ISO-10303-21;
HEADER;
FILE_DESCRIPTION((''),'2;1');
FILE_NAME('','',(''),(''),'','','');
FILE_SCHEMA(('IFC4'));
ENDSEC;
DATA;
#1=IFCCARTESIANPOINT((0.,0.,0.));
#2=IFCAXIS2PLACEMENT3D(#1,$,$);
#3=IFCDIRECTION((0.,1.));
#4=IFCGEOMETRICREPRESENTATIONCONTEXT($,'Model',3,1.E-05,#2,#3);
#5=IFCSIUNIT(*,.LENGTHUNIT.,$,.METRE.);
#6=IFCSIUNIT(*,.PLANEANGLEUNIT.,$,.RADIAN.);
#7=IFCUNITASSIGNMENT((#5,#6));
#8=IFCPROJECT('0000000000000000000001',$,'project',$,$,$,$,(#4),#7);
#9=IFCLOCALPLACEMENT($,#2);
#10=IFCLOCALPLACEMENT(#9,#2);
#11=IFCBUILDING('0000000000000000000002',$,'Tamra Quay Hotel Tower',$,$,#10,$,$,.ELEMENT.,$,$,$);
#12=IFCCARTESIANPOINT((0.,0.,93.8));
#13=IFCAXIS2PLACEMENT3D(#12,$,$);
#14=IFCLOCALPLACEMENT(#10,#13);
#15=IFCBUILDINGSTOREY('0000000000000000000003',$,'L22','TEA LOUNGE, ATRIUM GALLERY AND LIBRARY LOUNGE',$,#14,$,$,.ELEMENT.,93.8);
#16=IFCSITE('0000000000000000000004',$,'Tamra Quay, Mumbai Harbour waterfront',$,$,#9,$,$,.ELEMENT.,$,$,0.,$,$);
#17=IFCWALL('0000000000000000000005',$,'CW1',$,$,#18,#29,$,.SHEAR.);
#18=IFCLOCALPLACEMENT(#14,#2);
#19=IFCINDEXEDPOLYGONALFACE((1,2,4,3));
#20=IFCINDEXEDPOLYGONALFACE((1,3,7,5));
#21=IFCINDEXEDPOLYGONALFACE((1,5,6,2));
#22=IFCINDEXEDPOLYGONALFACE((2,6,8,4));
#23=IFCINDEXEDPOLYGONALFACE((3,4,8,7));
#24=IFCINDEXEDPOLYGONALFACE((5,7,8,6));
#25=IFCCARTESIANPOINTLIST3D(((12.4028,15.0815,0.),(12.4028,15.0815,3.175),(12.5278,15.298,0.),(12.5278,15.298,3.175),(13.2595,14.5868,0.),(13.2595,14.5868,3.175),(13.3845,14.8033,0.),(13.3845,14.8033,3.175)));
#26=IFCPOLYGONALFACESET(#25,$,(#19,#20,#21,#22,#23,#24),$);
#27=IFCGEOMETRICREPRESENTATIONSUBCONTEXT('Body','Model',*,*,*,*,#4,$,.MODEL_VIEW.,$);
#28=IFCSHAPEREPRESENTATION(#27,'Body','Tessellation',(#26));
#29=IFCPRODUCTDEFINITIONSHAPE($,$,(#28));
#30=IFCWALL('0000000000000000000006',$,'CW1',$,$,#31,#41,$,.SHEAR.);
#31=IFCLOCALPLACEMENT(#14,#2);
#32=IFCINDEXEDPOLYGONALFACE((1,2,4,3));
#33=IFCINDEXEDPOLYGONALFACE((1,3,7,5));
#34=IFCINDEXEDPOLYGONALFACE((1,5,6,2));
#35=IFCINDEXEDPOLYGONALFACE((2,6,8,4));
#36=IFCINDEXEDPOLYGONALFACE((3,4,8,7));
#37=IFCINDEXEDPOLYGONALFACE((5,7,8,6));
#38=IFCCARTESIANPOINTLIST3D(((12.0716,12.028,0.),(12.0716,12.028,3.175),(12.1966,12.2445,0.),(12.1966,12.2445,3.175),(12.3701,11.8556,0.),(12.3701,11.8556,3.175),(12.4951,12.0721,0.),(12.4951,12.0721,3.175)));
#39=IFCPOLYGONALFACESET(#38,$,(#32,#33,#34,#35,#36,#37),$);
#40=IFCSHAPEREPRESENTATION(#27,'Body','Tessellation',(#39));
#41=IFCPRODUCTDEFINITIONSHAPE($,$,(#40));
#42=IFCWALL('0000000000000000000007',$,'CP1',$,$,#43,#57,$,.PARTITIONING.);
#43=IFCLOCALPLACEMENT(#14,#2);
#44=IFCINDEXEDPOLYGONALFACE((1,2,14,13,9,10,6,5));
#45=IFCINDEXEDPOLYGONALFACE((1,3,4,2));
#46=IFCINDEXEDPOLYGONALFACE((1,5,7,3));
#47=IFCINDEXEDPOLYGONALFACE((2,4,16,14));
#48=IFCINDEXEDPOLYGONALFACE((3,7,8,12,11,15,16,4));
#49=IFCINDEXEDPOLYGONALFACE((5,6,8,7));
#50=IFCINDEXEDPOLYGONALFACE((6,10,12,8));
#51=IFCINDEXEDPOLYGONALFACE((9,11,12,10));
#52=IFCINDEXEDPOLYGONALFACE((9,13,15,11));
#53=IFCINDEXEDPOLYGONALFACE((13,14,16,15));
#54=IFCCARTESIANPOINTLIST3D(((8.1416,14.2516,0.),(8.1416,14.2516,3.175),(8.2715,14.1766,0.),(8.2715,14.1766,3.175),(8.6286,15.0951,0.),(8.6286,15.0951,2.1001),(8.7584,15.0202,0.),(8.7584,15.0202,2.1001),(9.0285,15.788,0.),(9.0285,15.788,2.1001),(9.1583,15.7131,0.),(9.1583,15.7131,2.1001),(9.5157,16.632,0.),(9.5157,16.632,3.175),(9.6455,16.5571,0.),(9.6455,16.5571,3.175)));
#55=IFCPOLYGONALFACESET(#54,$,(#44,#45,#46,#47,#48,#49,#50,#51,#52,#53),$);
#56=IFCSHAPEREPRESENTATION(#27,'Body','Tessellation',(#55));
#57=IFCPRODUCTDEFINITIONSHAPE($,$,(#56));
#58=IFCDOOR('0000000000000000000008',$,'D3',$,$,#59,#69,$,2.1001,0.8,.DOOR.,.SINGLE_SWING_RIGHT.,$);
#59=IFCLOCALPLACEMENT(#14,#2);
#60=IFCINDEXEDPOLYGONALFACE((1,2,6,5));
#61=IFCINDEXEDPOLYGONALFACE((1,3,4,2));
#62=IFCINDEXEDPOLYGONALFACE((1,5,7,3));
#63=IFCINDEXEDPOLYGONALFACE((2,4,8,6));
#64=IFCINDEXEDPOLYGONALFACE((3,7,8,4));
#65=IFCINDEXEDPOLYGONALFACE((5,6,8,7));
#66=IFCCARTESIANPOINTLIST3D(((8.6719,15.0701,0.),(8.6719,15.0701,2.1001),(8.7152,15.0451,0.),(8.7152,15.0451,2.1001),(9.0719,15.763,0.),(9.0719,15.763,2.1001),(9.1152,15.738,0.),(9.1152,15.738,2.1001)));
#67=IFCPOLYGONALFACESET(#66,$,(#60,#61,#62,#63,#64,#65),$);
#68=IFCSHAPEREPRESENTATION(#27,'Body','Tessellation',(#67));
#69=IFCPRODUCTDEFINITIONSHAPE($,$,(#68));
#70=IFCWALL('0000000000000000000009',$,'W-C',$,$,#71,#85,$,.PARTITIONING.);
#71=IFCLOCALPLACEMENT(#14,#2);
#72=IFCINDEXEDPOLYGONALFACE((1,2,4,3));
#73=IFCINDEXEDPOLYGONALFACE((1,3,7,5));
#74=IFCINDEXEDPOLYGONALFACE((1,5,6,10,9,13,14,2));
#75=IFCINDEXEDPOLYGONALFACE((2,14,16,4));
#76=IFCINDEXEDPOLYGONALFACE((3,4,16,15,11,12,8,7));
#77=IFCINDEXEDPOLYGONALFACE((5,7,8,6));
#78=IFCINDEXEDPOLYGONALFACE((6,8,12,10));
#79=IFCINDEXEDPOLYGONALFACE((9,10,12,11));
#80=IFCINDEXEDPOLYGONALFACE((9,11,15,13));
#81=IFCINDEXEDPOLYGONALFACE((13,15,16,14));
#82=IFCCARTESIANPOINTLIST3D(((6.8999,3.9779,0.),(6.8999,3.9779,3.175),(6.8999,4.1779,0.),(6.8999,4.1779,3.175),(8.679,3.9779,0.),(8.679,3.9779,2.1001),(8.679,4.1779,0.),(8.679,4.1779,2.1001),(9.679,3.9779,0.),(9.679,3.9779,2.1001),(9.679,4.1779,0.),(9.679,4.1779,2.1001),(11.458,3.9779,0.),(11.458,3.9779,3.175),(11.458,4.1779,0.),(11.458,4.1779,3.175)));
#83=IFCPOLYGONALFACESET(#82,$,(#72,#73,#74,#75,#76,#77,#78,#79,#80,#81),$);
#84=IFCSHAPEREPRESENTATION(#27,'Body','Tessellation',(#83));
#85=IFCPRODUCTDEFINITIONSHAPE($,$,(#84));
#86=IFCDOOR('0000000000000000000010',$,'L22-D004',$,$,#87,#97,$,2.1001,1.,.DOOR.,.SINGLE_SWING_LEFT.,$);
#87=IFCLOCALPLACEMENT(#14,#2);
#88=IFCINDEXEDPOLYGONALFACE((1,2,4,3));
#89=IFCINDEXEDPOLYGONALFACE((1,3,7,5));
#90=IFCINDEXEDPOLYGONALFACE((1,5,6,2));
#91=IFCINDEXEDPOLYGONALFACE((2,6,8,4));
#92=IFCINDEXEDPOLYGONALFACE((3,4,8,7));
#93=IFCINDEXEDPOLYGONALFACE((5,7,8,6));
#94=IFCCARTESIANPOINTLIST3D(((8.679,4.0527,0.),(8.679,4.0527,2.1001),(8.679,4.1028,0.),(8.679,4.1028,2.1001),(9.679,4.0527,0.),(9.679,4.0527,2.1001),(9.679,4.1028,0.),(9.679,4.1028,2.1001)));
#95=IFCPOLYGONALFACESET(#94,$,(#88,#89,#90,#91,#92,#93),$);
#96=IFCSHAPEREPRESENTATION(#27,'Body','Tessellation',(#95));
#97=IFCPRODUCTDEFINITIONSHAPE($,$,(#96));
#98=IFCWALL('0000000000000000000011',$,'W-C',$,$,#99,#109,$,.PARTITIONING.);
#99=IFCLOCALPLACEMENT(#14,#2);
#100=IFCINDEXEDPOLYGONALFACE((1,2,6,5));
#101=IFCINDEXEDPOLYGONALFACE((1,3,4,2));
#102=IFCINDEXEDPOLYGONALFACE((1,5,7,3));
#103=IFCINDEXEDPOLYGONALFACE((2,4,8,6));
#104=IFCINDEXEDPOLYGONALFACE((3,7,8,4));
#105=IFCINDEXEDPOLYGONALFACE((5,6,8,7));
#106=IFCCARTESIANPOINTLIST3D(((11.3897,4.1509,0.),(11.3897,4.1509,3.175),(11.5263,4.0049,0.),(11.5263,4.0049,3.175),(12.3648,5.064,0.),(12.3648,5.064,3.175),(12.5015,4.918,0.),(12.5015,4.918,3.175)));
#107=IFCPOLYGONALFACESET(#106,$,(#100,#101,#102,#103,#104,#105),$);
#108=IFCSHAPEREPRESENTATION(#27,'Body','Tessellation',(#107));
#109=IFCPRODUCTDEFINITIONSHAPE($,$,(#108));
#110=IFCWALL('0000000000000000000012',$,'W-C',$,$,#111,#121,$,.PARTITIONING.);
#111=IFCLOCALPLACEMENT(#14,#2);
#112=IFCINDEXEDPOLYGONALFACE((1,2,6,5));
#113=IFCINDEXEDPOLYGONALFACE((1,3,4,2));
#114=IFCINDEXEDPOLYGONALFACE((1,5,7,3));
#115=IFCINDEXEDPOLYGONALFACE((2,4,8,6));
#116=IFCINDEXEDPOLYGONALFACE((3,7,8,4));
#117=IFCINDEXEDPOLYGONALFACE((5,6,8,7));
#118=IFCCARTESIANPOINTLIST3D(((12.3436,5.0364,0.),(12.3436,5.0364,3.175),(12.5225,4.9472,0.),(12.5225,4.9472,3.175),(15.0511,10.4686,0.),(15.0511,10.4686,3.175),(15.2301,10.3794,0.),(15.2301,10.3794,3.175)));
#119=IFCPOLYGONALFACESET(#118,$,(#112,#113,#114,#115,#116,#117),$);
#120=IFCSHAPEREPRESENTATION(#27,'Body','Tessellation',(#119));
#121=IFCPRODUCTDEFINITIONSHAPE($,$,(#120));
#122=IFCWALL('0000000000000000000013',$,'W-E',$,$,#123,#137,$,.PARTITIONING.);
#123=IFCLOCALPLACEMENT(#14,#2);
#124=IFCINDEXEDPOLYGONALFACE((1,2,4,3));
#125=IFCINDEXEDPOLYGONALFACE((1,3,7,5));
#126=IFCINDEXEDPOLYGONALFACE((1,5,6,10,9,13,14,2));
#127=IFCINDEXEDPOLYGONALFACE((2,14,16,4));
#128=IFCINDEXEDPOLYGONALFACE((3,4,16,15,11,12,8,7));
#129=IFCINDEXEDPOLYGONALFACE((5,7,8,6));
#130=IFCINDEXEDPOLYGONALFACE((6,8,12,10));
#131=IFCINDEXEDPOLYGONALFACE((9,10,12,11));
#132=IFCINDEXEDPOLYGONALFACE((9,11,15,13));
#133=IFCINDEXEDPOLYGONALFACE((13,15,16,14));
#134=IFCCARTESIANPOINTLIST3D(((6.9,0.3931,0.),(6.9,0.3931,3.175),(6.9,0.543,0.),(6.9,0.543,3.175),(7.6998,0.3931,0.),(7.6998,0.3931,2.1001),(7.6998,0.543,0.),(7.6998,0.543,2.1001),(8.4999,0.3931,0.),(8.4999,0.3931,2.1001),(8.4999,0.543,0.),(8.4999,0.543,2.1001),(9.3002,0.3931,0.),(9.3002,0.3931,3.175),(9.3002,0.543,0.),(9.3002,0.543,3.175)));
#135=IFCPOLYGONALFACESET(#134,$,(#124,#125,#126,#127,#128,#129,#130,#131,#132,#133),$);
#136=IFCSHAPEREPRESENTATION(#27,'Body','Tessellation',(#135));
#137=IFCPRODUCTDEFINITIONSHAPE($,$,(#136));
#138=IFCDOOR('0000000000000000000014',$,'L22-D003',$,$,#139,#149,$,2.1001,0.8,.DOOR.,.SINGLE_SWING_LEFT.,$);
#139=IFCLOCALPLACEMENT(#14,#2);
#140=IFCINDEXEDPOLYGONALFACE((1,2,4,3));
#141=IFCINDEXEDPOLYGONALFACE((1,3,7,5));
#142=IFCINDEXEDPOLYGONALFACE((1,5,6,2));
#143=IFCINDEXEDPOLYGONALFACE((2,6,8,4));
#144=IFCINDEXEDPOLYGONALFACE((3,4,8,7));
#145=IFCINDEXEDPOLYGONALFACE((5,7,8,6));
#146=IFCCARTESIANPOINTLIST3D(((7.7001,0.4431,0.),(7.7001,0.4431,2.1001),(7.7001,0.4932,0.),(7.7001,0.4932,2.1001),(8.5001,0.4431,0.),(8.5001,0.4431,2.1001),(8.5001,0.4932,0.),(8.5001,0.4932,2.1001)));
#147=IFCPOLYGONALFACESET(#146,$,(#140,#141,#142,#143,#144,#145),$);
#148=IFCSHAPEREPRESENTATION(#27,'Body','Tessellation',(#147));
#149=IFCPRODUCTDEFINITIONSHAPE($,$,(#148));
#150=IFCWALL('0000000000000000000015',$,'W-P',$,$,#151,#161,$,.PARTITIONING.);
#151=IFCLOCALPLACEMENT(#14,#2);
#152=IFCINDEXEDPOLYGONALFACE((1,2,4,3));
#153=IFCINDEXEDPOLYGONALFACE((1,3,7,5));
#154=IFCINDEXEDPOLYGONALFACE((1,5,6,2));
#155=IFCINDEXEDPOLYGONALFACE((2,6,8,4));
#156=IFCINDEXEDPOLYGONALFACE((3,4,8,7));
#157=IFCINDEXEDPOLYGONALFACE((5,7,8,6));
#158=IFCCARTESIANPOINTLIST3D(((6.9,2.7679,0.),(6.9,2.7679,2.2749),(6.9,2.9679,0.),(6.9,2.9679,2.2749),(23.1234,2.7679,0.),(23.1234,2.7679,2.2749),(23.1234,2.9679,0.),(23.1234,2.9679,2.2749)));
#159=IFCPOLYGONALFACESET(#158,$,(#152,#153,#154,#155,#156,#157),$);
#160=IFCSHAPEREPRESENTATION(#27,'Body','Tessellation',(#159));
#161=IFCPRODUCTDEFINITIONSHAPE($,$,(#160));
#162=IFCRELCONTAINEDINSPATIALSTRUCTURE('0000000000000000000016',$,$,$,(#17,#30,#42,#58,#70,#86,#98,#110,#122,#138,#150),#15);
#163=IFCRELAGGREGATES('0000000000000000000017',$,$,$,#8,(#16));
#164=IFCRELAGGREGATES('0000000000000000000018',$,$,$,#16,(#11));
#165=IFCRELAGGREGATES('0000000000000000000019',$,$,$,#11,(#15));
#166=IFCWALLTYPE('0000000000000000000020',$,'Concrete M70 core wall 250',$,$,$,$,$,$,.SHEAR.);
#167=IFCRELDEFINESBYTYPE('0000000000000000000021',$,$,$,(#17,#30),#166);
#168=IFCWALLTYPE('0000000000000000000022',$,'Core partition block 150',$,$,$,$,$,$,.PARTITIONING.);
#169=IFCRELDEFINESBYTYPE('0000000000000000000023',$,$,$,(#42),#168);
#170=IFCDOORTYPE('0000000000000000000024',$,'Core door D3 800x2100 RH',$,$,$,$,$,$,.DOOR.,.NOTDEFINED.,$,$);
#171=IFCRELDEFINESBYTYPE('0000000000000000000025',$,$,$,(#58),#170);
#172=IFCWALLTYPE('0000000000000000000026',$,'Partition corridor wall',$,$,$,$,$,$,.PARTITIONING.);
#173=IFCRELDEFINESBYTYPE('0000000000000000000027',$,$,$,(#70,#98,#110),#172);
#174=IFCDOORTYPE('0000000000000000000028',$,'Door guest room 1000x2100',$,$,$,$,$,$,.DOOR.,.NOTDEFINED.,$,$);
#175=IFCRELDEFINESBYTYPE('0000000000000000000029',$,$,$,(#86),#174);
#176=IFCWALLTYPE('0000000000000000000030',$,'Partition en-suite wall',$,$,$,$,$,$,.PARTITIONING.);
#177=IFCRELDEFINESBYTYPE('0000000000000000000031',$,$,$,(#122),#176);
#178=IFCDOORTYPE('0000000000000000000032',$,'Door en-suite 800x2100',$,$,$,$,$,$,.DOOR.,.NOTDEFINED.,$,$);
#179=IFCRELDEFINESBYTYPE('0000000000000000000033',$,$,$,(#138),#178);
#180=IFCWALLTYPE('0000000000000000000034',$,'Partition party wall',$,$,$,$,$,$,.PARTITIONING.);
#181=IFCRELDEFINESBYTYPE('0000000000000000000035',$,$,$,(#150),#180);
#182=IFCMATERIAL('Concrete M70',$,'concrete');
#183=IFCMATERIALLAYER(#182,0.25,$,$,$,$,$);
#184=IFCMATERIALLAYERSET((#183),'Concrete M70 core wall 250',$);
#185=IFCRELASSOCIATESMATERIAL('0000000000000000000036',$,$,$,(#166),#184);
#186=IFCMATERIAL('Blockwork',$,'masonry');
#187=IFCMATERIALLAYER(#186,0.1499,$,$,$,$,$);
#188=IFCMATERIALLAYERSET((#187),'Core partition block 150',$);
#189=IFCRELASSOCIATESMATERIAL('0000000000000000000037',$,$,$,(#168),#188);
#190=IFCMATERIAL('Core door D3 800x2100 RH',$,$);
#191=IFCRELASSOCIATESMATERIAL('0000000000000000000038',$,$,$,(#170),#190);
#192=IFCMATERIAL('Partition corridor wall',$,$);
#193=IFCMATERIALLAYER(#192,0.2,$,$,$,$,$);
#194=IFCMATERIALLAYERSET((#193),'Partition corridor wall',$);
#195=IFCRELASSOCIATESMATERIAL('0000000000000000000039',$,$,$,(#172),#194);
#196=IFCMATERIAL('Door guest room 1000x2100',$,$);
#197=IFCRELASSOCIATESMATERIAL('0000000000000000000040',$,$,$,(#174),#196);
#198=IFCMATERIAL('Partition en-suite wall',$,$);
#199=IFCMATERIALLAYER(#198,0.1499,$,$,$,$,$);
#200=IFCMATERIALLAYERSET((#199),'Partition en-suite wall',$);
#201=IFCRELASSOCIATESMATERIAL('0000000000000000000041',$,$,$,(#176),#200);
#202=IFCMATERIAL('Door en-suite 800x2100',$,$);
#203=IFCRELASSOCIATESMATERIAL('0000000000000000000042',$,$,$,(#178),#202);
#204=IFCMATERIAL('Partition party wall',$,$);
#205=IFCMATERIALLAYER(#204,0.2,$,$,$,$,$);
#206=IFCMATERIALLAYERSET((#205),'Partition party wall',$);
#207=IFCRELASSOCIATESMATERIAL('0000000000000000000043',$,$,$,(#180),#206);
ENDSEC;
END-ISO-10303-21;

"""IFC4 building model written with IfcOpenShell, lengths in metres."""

from ifc_helpers import new_model, si_unit, direction, frame, frame_2d, origin, place, context, subcontext, project, spatial, rectangle, extrude, material, layer, layer_set, type_object, element, fill, save


model = new_model("IFC4")

# Units and contexts
model_context = context("Model", 3, precision=1e-05, world=origin(), true_north=direction((0.0, 1.0)))
body_context = subcontext(model_context, "Body", "Model", "MODEL_VIEW")
ifc_project = project(units=[si_unit("LENGTHUNIT", "METRE"), si_unit("PLANEANGLEUNIT", "RADIAN")], contexts=[model_context])

# Site, building, storey
site_placement = place(None, origin())
site = spatial("IfcSite", under=ifc_project, at=site_placement, Name="Tamra Quay, Mumbai Harbour waterfront", CompositionType="ELEMENT", RefElevation=0.0)
building_placement = place(site_placement, origin())
building = spatial("IfcBuilding", under=site, at=building_placement, Name="Tamra Quay Hotel Tower", CompositionType="ELEMENT")
storey_placement = place(building_placement, frame((0.0, 0.0, 93.8)))
storey = spatial("IfcBuildingStorey", under=building, at=storey_placement, Name="L22", Description="TEA LOUNGE, ATRIUM GALLERY AND LIBRARY LOUNGE", CompositionType="ELEMENT", Elevation=93.8)

# Shared definitions
ifc_material_1 = material(Name="Concrete M70", Category="concrete")

# Shared definitions
ifc_layer_1 = layer(ifc_material_1, 0.25)
ifc_layer_set_1 = layer_set([ifc_layer_1], Name="Concrete M70 core wall 250")
wall_type_1 = type_object("IfcWallType", Name="Concrete M70 core wall 250", PredefinedType="SHEAR", material=ifc_layer_set_1)

# Walls
wall_1_placement = place(storey_placement, frame((13.322, 14.6951, 0.0), z_axis=(0.0, 0.0, 1.0), x_axis=(-0.866017, 0.500014, 0.0)))
element("IfcWall", 1, at=wall_1_placement, inside=storey, type_object=wall_type_1, Name="CW1", PredefinedType="SHEAR", context=body_context, shape_type="SweptSolid", body=[
    extrude(rectangle(XDim=0.9893, YDim=0.25, at=frame_2d((0.4946, 0.0))), origin(), (0.0, 0.0, 1.0), 3.175),
])
wall_2_placement = place(storey_placement, frame((12.4326, 11.9639, 0.0), z_axis=(0.0, 0.0, 1.0), x_axis=(-0.866056, 0.499947, 0.0)))
element("IfcWall", 2, at=wall_2_placement, inside=storey, type_object=wall_type_1, Name="CW1", PredefinedType="SHEAR", context=body_context, shape_type="SweptSolid", body=[
    extrude(rectangle(XDim=0.3447, YDim=0.25, at=frame_2d((0.1724, 0.0))), origin(), (0.0, 0.0, 1.0), 3.175),
])

# Walls, openings, doors
ifc_material_2 = material(Name="Blockwork", Category="masonry")
ifc_layer_2 = layer(ifc_material_2, 0.1499)
ifc_layer_set_2 = layer_set([ifc_layer_2], Name="Core partition block 150")
wall_type_2 = type_object("IfcWallType", Name="Core partition block 150", PredefinedType="PARTITIONING", material=ifc_layer_set_2)
wall_3_placement = place(storey_placement, frame((8.2065, 14.2141, 0.0), z_axis=(0.0, 0.0, 1.0), x_axis=(0.499922, 0.86607, 0.0)))
wall_3 = element("IfcWall", 3, at=wall_3_placement, inside=storey, type_object=wall_type_2, Name="CP1", PredefinedType="PARTITIONING", context=body_context, shape_type="SweptSolid", body=[
    extrude(rectangle(XDim=2.7485, YDim=0.1499, at=frame_2d((1.3743, 0.0))), origin(), (0.0, 0.0, 1.0), 3.175),
])
opening_1_placement = place(wall_3_placement, frame((0.9741, 0.0, 0.0)))
opening_1 = element("IfcOpeningElement", 4, at=opening_1_placement, cuts=wall_3, PredefinedType="OPENING", context=body_context, shape_type="SweptSolid", body=[
    extrude(rectangle(XDim=0.8, YDim=2.1001, at=frame_2d((0.3999, 1.05))), frame((0.0, 0.085, 0.0), z_axis=(0.0, -1.0, 0.0), x_axis=(1.0, 0.0, 0.0)), (0.0, 0.0, 1.0), 0.1699),
])
ifc_material_3 = material(Name="Core door D3 800x2100 RH")
door_type_1 = type_object("IfcDoorType", Name="Core door D3 800x2100 RH", OperationType="NOTDEFINED", PredefinedType="DOOR", material=ifc_material_3)
door_1_placement = place(opening_1_placement, origin())
door_1 = element("IfcDoor", 5, at=door_1_placement, inside=storey, type_object=door_type_1, Name="D3", OperationType="SINGLE_SWING_RIGHT", OverallHeight=2.1001, OverallWidth=0.8, PredefinedType="DOOR", context=body_context, shape_type="SweptSolid", body=[
    extrude(rectangle(XDim=0.8, YDim=2.1001, at=frame_2d((0.3999, 1.05))), frame((0.0, 0.0249, 0.0), z_axis=(0.0, -1.0, 0.0), x_axis=(1.0, 0.0, 0.0)), (0.0, 0.0, 1.0), 0.05),
])
fill(opening_1, door_1)
ifc_material_4 = material(Name="Partition corridor wall")
ifc_layer_3 = layer(ifc_material_4, 0.2)
ifc_layer_set_3 = layer_set([ifc_layer_3], Name="Partition corridor wall")
wall_type_3 = type_object("IfcWallType", Name="Partition corridor wall", PredefinedType="PARTITIONING", material=ifc_layer_set_3)
wall_4_placement = place(storey_placement, frame((6.8999, 4.0779, 0.0), z_axis=(0.0, 0.0, 1.0), x_axis=(1.0, 0.0, 0.0)))
wall_4 = element("IfcWall", 6, at=wall_4_placement, inside=storey, type_object=wall_type_3, Name="W-C", PredefinedType="PARTITIONING", context=body_context, shape_type="SweptSolid", body=[
    extrude(rectangle(XDim=4.5581, YDim=0.2, at=frame_2d((2.2791, 0.0))), origin(), (0.0, 0.0, 1.0), 3.175),
])
opening_2_placement = place(wall_4_placement, frame((1.7791, 0.0, 0.0)))
opening_2 = element("IfcOpeningElement", 7, at=opening_2_placement, cuts=wall_4, PredefinedType="OPENING", context=body_context, shape_type="SweptSolid", body=[
    extrude(rectangle(XDim=1.0, YDim=2.1001, at=frame_2d((0.5, 1.05))), frame((0.0, 0.1099, 0.0), z_axis=(0.0, -1.0, 0.0), x_axis=(1.0, 0.0, 0.0)), (0.0, 0.0, 1.0), 0.22),
])
ifc_material_5 = material(Name="Door guest room 1000x2100")
door_type_2 = type_object("IfcDoorType", Name="Door guest room 1000x2100", OperationType="NOTDEFINED", PredefinedType="DOOR", material=ifc_material_5)
door_2_placement = place(opening_2_placement, origin())
door_2 = element("IfcDoor", 8, at=door_2_placement, inside=storey, type_object=door_type_2, Name="L22-D004", OperationType="SINGLE_SWING_LEFT", OverallHeight=2.1001, OverallWidth=1.0, PredefinedType="DOOR", context=body_context, shape_type="SweptSolid", body=[
    extrude(rectangle(XDim=1.0, YDim=2.1001, at=frame_2d((0.5, 1.05))), frame((0.0, 0.0249, 0.0), z_axis=(0.0, -1.0, 0.0), x_axis=(1.0, 0.0, 0.0)), (0.0, 0.0, 1.0), 0.05),
])
fill(opening_2, door_2)

# Walls
wall_5_placement = place(storey_placement, frame((11.458, 4.0779, 0.0), z_axis=(0.0, 0.0, 1.0), x_axis=(0.729936, 0.683515, 0.0)))
element("IfcWall", 9, at=wall_5_placement, inside=storey, type_object=wall_type_3, Name="W-C", PredefinedType="PARTITIONING", context=body_context, shape_type="SweptSolid", body=[
    extrude(rectangle(XDim=1.3359, YDim=0.2, at=frame_2d((0.668, 0.0))), origin(), (0.0, 0.0, 1.0), 3.175),
])
wall_6_placement = place(storey_placement, frame((12.4331, 4.9919, 0.0), z_axis=(0.0, 0.0, 1.0), x_axis=(0.446087, 0.89499, 0.0)))
element("IfcWall", 10, at=wall_6_placement, inside=storey, type_object=wall_type_3, Name="W-C", PredefinedType="PARTITIONING", context=body_context, shape_type="SweptSolid", body=[
    extrude(rectangle(XDim=6.0696, YDim=0.2, at=frame_2d((3.0347, 0.0))), origin(), (0.0, 0.0, 1.0), 3.175),
])

# Wall, opening, door
ifc_material_6 = material(Name="Partition en-suite wall")
ifc_layer_4 = layer(ifc_material_6, 0.1499)
ifc_layer_set_4 = layer_set([ifc_layer_4], Name="Partition en-suite wall")
wall_type_4 = type_object("IfcWallType", Name="Partition en-suite wall", PredefinedType="PARTITIONING", material=ifc_layer_set_4)
wall_7_placement = place(storey_placement, frame((6.8999, 0.468, 0.0), z_axis=(0.0, 0.0, 1.0), x_axis=(1.0, 0.0, 0.0)))
wall_7 = element("IfcWall", 11, at=wall_7_placement, inside=storey, type_object=wall_type_4, Name="W-E", PredefinedType="PARTITIONING", context=body_context, shape_type="SweptSolid", body=[
    extrude(rectangle(XDim=2.4001, YDim=0.1499, at=frame_2d((1.2002, 0.0))), origin(), (0.0, 0.0, 1.0), 3.175),
])
opening_3_placement = place(wall_7_placement, frame((0.8, 0.0, 0.0)))
opening_3 = element("IfcOpeningElement", 12, at=opening_3_placement, cuts=wall_7, PredefinedType="OPENING", context=body_context, shape_type="SweptSolid", body=[
    extrude(rectangle(XDim=0.8, YDim=2.1001, at=frame_2d((0.3999, 1.05))), frame((0.0, 0.085, 0.0), z_axis=(0.0, -1.0, 0.0), x_axis=(1.0, 0.0, 0.0)), (0.0, 0.0, 1.0), 0.1699),
])
ifc_material_7 = material(Name="Door en-suite 800x2100")
door_type_3 = type_object("IfcDoorType", Name="Door en-suite 800x2100", OperationType="NOTDEFINED", PredefinedType="DOOR", material=ifc_material_7)
door_3_placement = place(opening_3_placement, frame((0.8, 0.0, 0.0), z_axis=(0.0, 0.0, 1.0), x_axis=(-1.0, 0.0, 0.0)))
door_3 = element("IfcDoor", 13, at=door_3_placement, inside=storey, type_object=door_type_3, Name="L22-D003", OperationType="SINGLE_SWING_LEFT", OverallHeight=2.1001, OverallWidth=0.8, PredefinedType="DOOR", context=body_context, shape_type="SweptSolid", body=[
    extrude(rectangle(XDim=0.8, YDim=2.1001, at=frame_2d((0.3999, 1.05))), frame((0.0, 0.0249, 0.0), z_axis=(0.0, -1.0, 0.0), x_axis=(1.0, 0.0, 0.0)), (0.0, 0.0, 1.0), 0.05),
])
fill(opening_3, door_3)

# Wall
ifc_material_8 = material(Name="Partition party wall")
ifc_layer_5 = layer(ifc_material_8, 0.2)
ifc_layer_set_5 = layer_set([ifc_layer_5], Name="Partition party wall")
wall_type_5 = type_object("IfcWallType", Name="Partition party wall", PredefinedType="PARTITIONING", material=ifc_layer_set_5)
wall_8_placement = place(storey_placement, frame((6.8999, 2.8679, 0.0), z_axis=(0.0, 0.0, 1.0), x_axis=(1.0, 0.0, 0.0)))
element("IfcWall", 14, at=wall_8_placement, inside=storey, type_object=wall_type_5, Name="W-P", PredefinedType="PARTITIONING", context=body_context, shape_type="SweptSolid", body=[
    extrude(rectangle(XDim=16.2234, YDim=0.2, at=frame_2d((8.1118, 0.0))), origin(), (0.0, 0.0, 1.0), 2.2749),
])

save(model, "model.ifc")
